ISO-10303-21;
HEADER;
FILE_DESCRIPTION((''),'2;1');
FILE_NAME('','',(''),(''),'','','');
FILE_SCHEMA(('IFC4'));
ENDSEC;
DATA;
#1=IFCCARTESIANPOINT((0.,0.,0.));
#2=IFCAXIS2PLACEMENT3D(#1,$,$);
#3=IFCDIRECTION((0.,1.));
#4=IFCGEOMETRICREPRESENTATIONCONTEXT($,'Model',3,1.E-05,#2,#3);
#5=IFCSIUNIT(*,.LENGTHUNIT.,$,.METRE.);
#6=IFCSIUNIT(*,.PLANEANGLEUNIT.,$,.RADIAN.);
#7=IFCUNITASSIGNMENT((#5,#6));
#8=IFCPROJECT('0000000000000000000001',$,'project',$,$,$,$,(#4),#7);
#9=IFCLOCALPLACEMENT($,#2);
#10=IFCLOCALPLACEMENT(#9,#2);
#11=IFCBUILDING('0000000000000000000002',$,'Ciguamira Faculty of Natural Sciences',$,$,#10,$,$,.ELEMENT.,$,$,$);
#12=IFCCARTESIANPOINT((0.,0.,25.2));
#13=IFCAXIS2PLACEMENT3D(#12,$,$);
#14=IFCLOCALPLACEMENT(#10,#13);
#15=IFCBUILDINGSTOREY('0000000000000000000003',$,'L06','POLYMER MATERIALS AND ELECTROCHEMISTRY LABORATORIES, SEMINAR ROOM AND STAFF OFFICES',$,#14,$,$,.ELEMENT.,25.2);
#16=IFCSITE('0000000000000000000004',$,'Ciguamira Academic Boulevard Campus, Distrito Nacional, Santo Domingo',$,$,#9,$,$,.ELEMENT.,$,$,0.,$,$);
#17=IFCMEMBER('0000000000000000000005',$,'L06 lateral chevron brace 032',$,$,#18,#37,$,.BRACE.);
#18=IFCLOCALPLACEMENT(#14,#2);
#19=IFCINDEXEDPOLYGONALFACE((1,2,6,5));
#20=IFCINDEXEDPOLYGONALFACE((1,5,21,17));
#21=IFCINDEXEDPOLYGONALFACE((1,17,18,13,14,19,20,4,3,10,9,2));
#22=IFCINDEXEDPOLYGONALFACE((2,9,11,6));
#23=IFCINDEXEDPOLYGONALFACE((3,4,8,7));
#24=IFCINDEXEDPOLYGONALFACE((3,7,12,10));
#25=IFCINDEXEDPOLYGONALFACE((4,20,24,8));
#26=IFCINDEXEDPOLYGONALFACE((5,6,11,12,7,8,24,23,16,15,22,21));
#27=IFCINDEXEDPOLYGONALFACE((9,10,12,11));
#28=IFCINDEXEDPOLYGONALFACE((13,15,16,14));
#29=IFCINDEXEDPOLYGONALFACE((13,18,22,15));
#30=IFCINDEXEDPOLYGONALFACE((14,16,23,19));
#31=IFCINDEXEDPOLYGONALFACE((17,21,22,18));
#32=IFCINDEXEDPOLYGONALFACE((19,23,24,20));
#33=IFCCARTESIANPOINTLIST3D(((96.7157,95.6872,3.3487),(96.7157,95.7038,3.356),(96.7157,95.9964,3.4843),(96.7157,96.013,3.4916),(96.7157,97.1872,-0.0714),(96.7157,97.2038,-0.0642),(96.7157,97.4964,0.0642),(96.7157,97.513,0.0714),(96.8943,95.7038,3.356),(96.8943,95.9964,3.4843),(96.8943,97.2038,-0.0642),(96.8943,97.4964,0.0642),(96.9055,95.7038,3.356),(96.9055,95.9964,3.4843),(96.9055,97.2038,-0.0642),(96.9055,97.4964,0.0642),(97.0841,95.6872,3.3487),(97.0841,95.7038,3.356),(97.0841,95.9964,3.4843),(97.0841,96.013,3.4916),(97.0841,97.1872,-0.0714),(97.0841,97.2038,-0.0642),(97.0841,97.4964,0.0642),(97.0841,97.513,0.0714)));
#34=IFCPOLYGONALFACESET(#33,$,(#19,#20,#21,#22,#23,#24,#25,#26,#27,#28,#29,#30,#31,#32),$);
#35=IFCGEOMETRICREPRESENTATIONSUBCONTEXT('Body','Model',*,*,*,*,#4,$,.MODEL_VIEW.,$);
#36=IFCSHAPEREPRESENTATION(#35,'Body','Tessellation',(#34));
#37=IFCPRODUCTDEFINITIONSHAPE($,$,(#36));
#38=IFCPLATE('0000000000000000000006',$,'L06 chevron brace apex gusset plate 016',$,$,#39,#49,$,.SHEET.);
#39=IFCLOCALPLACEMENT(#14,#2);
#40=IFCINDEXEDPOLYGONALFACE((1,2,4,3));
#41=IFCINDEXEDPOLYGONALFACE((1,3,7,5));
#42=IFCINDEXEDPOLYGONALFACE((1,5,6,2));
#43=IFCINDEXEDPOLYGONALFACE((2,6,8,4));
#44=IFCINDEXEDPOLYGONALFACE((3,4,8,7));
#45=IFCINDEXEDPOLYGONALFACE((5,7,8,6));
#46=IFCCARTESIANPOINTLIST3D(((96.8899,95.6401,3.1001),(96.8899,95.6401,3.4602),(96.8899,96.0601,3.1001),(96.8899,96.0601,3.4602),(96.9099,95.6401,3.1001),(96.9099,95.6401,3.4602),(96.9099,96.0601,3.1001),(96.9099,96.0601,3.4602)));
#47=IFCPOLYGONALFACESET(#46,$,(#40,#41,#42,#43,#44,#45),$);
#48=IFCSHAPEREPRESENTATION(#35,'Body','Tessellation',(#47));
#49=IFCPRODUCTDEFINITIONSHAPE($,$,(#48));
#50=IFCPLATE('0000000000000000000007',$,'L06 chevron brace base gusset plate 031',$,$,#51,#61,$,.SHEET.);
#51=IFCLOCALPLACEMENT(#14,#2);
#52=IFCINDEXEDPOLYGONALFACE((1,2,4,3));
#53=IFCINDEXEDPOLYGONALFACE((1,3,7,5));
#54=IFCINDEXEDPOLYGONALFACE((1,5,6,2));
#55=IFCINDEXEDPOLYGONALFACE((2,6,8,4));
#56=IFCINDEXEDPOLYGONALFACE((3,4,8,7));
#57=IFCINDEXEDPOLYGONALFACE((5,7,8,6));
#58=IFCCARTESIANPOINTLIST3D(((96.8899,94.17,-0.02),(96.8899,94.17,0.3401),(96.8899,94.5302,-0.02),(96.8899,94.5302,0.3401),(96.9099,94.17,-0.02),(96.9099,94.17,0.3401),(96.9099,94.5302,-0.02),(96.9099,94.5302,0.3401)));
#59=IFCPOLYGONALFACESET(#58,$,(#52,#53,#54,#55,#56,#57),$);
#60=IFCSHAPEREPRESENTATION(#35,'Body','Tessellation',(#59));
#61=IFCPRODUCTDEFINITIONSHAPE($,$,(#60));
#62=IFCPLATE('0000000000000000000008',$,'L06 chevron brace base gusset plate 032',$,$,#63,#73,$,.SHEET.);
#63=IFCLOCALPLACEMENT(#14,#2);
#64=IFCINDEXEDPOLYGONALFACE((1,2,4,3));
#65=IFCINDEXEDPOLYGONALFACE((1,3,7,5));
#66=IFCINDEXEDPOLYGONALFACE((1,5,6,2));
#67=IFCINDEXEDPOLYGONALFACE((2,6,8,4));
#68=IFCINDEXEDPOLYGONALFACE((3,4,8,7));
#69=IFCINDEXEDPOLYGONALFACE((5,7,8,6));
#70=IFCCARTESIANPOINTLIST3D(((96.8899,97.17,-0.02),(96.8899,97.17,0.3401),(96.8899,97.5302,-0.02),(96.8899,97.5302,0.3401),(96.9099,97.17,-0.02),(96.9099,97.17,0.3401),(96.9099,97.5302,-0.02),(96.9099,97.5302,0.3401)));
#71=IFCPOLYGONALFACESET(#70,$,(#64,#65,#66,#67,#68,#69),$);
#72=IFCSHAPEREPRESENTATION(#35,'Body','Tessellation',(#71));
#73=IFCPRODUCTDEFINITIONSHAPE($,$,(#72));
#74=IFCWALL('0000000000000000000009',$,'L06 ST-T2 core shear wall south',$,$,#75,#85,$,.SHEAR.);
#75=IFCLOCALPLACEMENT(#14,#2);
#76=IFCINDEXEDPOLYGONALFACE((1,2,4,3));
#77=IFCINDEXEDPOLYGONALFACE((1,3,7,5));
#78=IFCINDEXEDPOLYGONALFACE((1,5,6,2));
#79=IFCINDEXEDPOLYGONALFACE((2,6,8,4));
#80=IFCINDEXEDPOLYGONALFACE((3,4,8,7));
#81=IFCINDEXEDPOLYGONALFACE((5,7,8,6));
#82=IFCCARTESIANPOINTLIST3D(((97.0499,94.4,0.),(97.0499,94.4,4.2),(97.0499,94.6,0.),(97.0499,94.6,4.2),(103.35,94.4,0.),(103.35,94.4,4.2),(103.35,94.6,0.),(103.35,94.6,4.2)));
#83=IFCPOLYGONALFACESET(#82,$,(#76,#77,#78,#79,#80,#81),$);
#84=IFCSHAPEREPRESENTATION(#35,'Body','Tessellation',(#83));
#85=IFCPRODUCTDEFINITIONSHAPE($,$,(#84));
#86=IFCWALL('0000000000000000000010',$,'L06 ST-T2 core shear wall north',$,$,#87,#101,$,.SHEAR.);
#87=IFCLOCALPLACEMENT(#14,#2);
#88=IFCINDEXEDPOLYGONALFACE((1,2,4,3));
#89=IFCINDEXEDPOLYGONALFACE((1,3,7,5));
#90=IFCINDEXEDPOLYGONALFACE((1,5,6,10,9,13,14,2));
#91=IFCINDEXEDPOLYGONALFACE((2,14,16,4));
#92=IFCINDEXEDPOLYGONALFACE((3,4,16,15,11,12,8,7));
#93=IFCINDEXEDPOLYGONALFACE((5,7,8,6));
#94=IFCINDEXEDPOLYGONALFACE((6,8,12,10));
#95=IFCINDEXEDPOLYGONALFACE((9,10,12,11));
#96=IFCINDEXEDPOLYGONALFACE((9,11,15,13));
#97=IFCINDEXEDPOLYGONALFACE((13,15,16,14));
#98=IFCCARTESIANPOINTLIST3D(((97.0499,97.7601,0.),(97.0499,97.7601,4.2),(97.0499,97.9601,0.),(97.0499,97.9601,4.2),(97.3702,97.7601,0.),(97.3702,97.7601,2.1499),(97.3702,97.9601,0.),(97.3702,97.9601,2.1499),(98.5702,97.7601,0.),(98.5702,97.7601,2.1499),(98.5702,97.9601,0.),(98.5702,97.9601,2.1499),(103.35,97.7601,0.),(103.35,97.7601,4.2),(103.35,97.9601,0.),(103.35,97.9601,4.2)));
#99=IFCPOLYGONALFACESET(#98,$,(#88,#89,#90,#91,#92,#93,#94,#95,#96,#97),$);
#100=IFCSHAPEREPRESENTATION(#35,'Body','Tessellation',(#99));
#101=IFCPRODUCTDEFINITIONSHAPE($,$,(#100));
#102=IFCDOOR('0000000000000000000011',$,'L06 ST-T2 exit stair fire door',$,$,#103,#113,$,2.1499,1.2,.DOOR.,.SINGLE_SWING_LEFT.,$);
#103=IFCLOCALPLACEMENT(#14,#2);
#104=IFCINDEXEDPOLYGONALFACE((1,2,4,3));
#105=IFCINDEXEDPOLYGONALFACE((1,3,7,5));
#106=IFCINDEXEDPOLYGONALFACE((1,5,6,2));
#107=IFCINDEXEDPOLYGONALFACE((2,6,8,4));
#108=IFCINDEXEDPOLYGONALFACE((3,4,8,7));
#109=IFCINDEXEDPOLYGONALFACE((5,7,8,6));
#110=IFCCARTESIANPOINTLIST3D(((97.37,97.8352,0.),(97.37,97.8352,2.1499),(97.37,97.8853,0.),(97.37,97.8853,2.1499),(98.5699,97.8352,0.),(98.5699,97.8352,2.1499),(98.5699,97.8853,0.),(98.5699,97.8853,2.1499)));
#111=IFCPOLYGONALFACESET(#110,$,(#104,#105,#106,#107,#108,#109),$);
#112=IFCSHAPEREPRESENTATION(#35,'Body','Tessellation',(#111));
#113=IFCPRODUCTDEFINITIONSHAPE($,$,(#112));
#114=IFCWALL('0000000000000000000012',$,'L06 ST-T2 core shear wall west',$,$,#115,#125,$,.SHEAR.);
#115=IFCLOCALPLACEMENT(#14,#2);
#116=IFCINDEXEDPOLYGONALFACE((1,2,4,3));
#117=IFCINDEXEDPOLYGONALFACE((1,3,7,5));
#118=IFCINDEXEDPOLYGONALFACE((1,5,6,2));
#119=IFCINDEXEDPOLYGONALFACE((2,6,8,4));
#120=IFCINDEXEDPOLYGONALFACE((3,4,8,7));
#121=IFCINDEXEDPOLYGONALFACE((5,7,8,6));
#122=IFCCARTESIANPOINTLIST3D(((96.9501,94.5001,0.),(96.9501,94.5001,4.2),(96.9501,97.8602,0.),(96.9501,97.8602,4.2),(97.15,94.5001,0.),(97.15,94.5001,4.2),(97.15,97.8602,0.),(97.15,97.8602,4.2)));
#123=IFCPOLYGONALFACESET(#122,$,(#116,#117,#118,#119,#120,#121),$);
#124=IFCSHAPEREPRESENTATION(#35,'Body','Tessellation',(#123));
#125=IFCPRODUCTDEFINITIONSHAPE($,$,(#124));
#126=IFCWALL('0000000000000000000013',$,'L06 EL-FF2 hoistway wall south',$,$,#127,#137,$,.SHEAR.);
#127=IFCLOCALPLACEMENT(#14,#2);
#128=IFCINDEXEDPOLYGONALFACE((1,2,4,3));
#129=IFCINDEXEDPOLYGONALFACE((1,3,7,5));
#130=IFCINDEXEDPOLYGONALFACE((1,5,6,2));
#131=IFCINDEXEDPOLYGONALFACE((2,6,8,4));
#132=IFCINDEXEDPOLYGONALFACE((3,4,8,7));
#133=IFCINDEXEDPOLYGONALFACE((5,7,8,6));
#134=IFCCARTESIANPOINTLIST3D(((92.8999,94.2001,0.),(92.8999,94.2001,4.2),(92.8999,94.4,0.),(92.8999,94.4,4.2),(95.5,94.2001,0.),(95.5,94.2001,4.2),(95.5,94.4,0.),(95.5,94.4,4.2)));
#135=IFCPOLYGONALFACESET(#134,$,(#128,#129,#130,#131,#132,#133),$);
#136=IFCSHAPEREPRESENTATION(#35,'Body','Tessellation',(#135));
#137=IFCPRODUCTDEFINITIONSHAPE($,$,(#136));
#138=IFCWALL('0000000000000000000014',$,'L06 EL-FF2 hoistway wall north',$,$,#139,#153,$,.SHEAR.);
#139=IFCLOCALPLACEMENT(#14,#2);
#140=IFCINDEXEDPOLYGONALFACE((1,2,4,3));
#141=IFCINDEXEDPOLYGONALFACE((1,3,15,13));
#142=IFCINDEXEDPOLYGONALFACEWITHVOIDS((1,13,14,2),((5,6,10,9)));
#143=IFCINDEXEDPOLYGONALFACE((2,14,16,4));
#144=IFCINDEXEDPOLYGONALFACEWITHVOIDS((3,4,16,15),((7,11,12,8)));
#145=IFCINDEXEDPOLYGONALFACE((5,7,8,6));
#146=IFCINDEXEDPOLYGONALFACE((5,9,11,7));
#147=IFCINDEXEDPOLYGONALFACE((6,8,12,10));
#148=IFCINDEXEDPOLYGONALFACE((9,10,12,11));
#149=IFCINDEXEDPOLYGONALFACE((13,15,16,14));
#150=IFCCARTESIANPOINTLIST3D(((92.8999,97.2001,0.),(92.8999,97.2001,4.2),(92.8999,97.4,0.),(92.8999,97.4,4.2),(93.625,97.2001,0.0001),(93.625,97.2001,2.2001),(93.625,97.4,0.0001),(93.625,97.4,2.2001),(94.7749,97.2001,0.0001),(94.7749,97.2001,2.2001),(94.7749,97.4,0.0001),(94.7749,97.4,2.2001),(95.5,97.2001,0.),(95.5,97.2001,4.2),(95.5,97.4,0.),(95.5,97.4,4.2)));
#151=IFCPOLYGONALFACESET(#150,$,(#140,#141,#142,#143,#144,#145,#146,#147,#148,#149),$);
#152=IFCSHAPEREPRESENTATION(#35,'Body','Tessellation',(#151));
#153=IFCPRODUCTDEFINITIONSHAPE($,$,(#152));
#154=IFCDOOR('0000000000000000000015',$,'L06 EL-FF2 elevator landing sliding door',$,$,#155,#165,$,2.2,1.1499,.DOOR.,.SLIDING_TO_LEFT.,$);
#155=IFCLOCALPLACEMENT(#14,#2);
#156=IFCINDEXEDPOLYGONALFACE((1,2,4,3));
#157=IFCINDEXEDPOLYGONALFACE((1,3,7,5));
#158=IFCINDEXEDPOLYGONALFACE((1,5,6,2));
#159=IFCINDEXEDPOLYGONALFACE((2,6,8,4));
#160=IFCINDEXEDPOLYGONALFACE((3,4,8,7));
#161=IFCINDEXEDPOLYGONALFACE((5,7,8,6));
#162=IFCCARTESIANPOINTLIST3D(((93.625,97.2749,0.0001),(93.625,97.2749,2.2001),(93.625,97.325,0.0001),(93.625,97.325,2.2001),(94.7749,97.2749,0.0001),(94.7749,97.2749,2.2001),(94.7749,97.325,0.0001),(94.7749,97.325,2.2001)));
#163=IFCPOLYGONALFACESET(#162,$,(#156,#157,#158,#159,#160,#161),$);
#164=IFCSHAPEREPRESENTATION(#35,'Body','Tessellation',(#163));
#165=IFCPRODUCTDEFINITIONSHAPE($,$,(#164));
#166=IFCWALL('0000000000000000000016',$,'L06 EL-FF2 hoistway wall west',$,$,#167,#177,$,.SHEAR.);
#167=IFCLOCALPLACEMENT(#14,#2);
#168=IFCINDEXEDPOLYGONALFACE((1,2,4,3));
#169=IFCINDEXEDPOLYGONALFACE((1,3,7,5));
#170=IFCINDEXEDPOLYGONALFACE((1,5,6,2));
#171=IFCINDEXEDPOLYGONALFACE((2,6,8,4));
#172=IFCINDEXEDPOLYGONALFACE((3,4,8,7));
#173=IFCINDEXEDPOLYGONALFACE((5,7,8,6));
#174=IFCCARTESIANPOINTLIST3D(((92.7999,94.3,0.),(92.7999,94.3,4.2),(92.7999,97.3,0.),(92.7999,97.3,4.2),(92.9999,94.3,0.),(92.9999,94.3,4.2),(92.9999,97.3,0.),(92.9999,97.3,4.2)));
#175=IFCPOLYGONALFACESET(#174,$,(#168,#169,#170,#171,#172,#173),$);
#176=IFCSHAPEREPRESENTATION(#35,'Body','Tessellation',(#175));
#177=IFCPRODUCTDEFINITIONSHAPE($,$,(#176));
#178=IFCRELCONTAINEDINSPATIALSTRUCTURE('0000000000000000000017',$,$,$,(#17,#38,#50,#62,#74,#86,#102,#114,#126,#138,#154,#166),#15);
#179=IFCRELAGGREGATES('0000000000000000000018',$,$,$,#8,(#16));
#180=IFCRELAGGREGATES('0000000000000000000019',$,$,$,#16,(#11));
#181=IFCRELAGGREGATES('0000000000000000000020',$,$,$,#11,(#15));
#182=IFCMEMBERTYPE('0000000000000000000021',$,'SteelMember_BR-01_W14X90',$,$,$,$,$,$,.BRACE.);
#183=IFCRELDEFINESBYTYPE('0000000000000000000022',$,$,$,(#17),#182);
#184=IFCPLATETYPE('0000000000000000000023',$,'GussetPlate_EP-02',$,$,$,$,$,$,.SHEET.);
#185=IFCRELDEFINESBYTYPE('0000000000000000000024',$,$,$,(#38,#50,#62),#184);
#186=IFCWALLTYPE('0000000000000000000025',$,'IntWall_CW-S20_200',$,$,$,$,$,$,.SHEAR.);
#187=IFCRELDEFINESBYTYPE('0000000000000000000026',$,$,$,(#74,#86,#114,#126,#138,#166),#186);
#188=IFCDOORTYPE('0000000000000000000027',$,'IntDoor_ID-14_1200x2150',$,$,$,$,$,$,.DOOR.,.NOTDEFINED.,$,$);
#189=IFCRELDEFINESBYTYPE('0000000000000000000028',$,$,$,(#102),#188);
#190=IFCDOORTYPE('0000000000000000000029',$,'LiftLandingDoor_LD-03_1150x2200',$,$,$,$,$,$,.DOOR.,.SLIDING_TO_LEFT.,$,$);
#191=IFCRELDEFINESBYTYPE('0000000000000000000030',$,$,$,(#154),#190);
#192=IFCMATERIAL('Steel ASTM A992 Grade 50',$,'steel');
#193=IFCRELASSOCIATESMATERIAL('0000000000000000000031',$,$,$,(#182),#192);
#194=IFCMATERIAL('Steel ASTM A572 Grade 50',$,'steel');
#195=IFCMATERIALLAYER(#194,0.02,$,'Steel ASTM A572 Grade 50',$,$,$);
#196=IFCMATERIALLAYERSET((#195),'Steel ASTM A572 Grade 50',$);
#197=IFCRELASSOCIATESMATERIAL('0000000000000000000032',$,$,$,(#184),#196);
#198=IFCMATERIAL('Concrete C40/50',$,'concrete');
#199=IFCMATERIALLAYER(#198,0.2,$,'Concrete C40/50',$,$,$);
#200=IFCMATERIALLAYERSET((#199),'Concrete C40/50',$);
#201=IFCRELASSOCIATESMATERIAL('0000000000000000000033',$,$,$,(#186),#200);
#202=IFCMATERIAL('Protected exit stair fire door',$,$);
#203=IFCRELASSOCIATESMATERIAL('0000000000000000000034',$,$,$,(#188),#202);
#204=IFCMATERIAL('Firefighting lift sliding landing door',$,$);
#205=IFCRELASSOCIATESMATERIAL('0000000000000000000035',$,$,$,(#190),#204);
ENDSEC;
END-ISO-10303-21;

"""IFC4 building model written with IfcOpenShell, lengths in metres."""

from ifc_helpers import new_model, si_unit, direction, frame, frame_2d, origin, origin_2d, place, context, subcontext, project, spatial, rectangle, i_section, extrude, material, layer, layer_set, material_profile, profile_set, type_object, element, fill, save


model = new_model("IFC4")

# Units and contexts
model_context = context("Model", 3, precision=1e-05, world=origin(), true_north=direction((0.0, 1.0)))
body_context = subcontext(model_context, "Body", "Model", "MODEL_VIEW")
ifc_project = project(units=[si_unit("LENGTHUNIT", "METRE"), si_unit("PLANEANGLEUNIT", "RADIAN")], contexts=[model_context])

# Site, building, storey
site_placement = place(None, origin())
site = spatial("IfcSite", under=ifc_project, at=site_placement, Name="Ciguamira Academic Boulevard Campus, Distrito Nacional, Santo Domingo", CompositionType="ELEMENT", RefElevation=0.0)
building_placement = place(site_placement, origin())
building = spatial("IfcBuilding", under=site, at=building_placement, Name="Ciguamira Faculty of Natural Sciences", CompositionType="ELEMENT")
storey_placement = place(building_placement, frame((0.0, 0.0, 25.2)))
storey = spatial("IfcBuildingStorey", under=building, at=storey_placement, Name="L06", Description="POLYMER MATERIALS AND ELECTROCHEMISTRY LABORATORIES, SEMINAR ROOM AND STAFF OFFICES", CompositionType="ELEMENT", Elevation=25.2)

# Shared definitions
ifc_material_1 = material(Name="Concrete C40/50", Category="concrete")

# Shared definitions
ifc_material_2 = material(Name="Steel ASTM A992 Grade 50", Category="steel")

# Member
ifc_material_profile_1 = material_profile(ifc_material_2, i_section(OverallWidth=0.3684, OverallDepth=0.3557, WebThickness=0.0112, FlangeThickness=0.0181, at=origin_2d()), Name="W14X90")
ifc_profile_set_1 = profile_set([ifc_material_profile_1], Name="Steel ASTM A992 Grade 50")
member_type_1 = type_object("IfcMemberType", Name="SteelMember_BR-01_W14X90", PredefinedType="BRACE", material=ifc_profile_set_1)
for number, where, z_axis, x_axis, name in (
    (1, (96.8999, 97.3501, 0.0), (0.0, -0.401645, 0.915795), (1.0, 0.0, 0.0), "L06 lateral chevron brace 032"),
):
    element("IfcMember", number, at=place(storey_placement, frame(where, z_axis=z_axis, x_axis=x_axis)), inside=storey, type_object=member_type_1, Name=name, PredefinedType="BRACE", context=body_context, shape_type="SweptSolid", body=[
        extrude(i_section(OverallWidth=0.3684, OverallDepth=0.3557, WebThickness=0.0112, FlangeThickness=0.0181, at=origin_2d()), origin(), (0.0, 0.0, 1.0), 3.7346),
    ])

# Plates
ifc_material_3 = material(Name="Steel ASTM A572 Grade 50", Category="steel")
ifc_layer_1 = layer(ifc_material_3, 0.02, Name="Steel ASTM A572 Grade 50")
ifc_layer_set_1 = layer_set([ifc_layer_1], Name="Steel ASTM A572 Grade 50")
plate_type = type_object("IfcPlateType", Name="GussetPlate_EP-02", PredefinedType="SHEET", material=ifc_layer_set_1)
plate_placement = place(storey_placement, frame((96.8999, 95.8501, 3.1001), z_axis=(0.0, 0.0, 1.0), x_axis=(1.0, 0.0, 0.0)))
element("IfcPlate", 2, at=plate_placement, inside=storey, type_object=plate_type, Name="L06 chevron brace apex gusset plate 016", PredefinedType="SHEET", context=body_context, shape_type="SweptSolid", body=[
    extrude(rectangle(XDim=0.02, YDim=0.4199, at=origin_2d()), origin(), (0.0, 0.0, 1.0), 0.3601),
])
for number, where, z_axis, x_axis, name in (
    (3, (96.8999, 94.3501, -0.02), (0.0, 0.0, 1.0), (1.0, 0.0, 0.0), "L06 chevron brace base gusset plate 031"),
    (4, (96.8999, 97.3501, -0.02), (0.0, 0.0, 1.0), (1.0, 0.0, 0.0), "L06 chevron brace base gusset plate 032"),
):
    element("IfcPlate", number, at=place(storey_placement, frame(where, z_axis=z_axis, x_axis=x_axis)), inside=storey, type_object=plate_type, Name=name, PredefinedType="SHEET", context=body_context, shape_type="SweptSolid", body=[
        extrude(rectangle(XDim=0.02, YDim=0.3601, at=origin_2d()), origin(), (0.0, 0.0, 1.0), 0.3601),
    ])

# Wall
ifc_layer_2 = layer(ifc_material_1, 0.2, Name="Concrete C40/50")
ifc_layer_set_2 = layer_set([ifc_layer_2], Name="Concrete C40/50")
wall_type_1 = type_object("IfcWallType", Name="IntWall_CW-S20_200", PredefinedType="SHEAR", material=ifc_layer_set_2)
wall_1_placement = place(storey_placement, frame((97.05, 94.5, 0.0), z_axis=(0.0, 0.0, 1.0), x_axis=(1.0, 0.0, 0.0)))
element("IfcWall", 5, at=wall_1_placement, inside=storey, type_object=wall_type_1, Name="L06 ST-T2 core shear wall south", PredefinedType="SHEAR", context=body_context, shape_type="SweptSolid", body=[
    extrude(rectangle(XDim=6.3, YDim=0.2, at=frame_2d((3.1499, 0.0))), origin(), (0.0, 0.0, 1.0), 4.2),
])

# Wall, opening, door
wall_2_placement = place(storey_placement, frame((97.05, 97.8601, 0.0), z_axis=(0.0, 0.0, 1.0), x_axis=(1.0, 0.0, 0.0)))
wall_2 = element("IfcWall", 6, at=wall_2_placement, inside=storey, type_object=wall_type_1, Name="L06 ST-T2 core shear wall north", PredefinedType="SHEAR", context=body_context, shape_type="SweptSolid", body=[
    extrude(rectangle(XDim=6.3, YDim=0.2, at=frame_2d((3.1499, 0.0))), origin(), (0.0, 0.0, 1.0), 4.2),
])
opening_1_placement = place(wall_2_placement, frame((0.3201, 0.0, 0.0)))
opening_1 = element("IfcOpeningElement", 7, at=opening_1_placement, cuts=wall_2, PredefinedType="OPENING", context=body_context, shape_type="SweptSolid", body=[
    extrude(rectangle(XDim=1.2, YDim=2.1499, at=frame_2d((0.6001, 1.075))), frame((0.0, 0.1099, 0.0), z_axis=(0.0, -1.0, 0.0), x_axis=(1.0, 0.0, 0.0)), (0.0, 0.0, 1.0), 0.22),
])
ifc_material_4 = material(Name="Protected exit stair fire door")
door_type_1 = type_object("IfcDoorType", Name="IntDoor_ID-14_1200x2150", OperationType="NOTDEFINED", PredefinedType="DOOR", material=ifc_material_4)
door_1_placement = place(opening_1_placement, frame((1.2, 0.0, 0.0), z_axis=(0.0, 0.0, 1.0), x_axis=(-1.0, 0.0, 0.0)))
door_1 = element("IfcDoor", 8, at=door_1_placement, inside=storey, type_object=door_type_1, Name="L06 ST-T2 exit stair fire door", OperationType="SINGLE_SWING_LEFT", OverallHeight=2.1499, OverallWidth=1.2, PredefinedType="DOOR", context=body_context, shape_type="SweptSolid", body=[
    extrude(rectangle(XDim=1.2, YDim=2.1499, at=frame_2d((0.6001, 1.075))), frame((0.0, 0.0249, 0.0), z_axis=(0.0, -1.0, 0.0), x_axis=(1.0, 0.0, 0.0)), (0.0, 0.0, 1.0), 0.05),
])
fill(opening_1, door_1)

# Walls
wall_3_placement = place(storey_placement, frame((97.05, 94.5, 0.0), z_axis=(0.0, 0.0, 1.0), x_axis=(0.0, 1.0, 0.0)))
element("IfcWall", 9, at=wall_3_placement, inside=storey, type_object=wall_type_1, Name="L06 ST-T2 core shear wall west", PredefinedType="SHEAR", context=body_context, shape_type="SweptSolid", body=[
    extrude(rectangle(XDim=3.3601, YDim=0.2, at=frame_2d((1.6802, 0.0))), origin(), (0.0, 0.0, 1.0), 4.2),
])
wall_4_placement = place(storey_placement, frame((92.8999, 94.3, 0.0), z_axis=(0.0, 0.0, 1.0), x_axis=(1.0, 0.0, 0.0)))
element("IfcWall", 10, at=wall_4_placement, inside=storey, type_object=wall_type_1, Name="L06 EL-FF2 hoistway wall south", PredefinedType="SHEAR", context=body_context, shape_type="SweptSolid", body=[
    extrude(rectangle(XDim=2.6001, YDim=0.2, at=frame_2d((1.3, 0.0))), origin(), (0.0, 0.0, 1.0), 4.2),
])

# Wall, opening, door
wall_5_placement = place(storey_placement, frame((92.8999, 97.3, 0.0), z_axis=(0.0, 0.0, 1.0), x_axis=(1.0, 0.0, 0.0)))
wall_5 = element("IfcWall", 11, at=wall_5_placement, inside=storey, type_object=wall_type_1, Name="L06 EL-FF2 hoistway wall north", PredefinedType="SHEAR", context=body_context, shape_type="SweptSolid", body=[
    extrude(rectangle(XDim=2.6001, YDim=0.2, at=frame_2d((1.3, 0.0))), origin(), (0.0, 0.0, 1.0), 4.2),
])
opening_2_placement = place(wall_5_placement, frame((0.7251, 0.0, 0.0)))
opening_2 = element("IfcOpeningElement", 12, at=opening_2_placement, cuts=wall_5, PredefinedType="OPENING", context=body_context, shape_type="SweptSolid", body=[
    extrude(rectangle(XDim=1.1499, YDim=2.2, at=frame_2d((0.575, 1.1001))), frame((0.0, 0.1099, 0.0), z_axis=(0.0, -1.0, 0.0), x_axis=(1.0, 0.0, 0.0)), (0.0, 0.0, 1.0), 0.22),
])
ifc_material_5 = material(Name="Firefighting lift sliding landing door")
door_type_2 = type_object("IfcDoorType", Name="LiftLandingDoor_LD-03_1150x2200", OperationType="SLIDING_TO_LEFT", PredefinedType="DOOR", material=ifc_material_5)
door_2_placement = place(opening_2_placement, origin())
door_2 = element("IfcDoor", 13, at=door_2_placement, inside=storey, type_object=door_type_2, Name="L06 EL-FF2 elevator landing sliding door", OperationType="SLIDING_TO_LEFT", OverallHeight=2.2, OverallWidth=1.1499, PredefinedType="DOOR", context=body_context, shape_type="SweptSolid", body=[
    extrude(rectangle(XDim=1.1499, YDim=2.2, at=frame_2d((0.575, 1.1001))), frame((0.0, 0.0249, 0.0), z_axis=(0.0, -1.0, 0.0), x_axis=(1.0, 0.0, 0.0)), (0.0, 0.0, 1.0), 0.05),
])
fill(opening_2, door_2)

# Wall
for number, where, z_axis, x_axis, name in (
    (14, (92.8999, 94.3, 0.0), (0.0, 0.0, 1.0), (0.0, 1.0, 0.0), "L06 EL-FF2 hoistway wall west"),
):
    element("IfcWall", number, at=place(storey_placement, frame(where, z_axis=z_axis, x_axis=x_axis)), inside=storey, type_object=wall_type_1, Name=name, PredefinedType="SHEAR", context=body_context, shape_type="SweptSolid", body=[
        extrude(rectangle(XDim=3.0, YDim=0.2, at=frame_2d((1.5, 0.0))), origin(), (0.0, 0.0, 1.0), 4.2),
    ])

save(model, "model.ifc")
